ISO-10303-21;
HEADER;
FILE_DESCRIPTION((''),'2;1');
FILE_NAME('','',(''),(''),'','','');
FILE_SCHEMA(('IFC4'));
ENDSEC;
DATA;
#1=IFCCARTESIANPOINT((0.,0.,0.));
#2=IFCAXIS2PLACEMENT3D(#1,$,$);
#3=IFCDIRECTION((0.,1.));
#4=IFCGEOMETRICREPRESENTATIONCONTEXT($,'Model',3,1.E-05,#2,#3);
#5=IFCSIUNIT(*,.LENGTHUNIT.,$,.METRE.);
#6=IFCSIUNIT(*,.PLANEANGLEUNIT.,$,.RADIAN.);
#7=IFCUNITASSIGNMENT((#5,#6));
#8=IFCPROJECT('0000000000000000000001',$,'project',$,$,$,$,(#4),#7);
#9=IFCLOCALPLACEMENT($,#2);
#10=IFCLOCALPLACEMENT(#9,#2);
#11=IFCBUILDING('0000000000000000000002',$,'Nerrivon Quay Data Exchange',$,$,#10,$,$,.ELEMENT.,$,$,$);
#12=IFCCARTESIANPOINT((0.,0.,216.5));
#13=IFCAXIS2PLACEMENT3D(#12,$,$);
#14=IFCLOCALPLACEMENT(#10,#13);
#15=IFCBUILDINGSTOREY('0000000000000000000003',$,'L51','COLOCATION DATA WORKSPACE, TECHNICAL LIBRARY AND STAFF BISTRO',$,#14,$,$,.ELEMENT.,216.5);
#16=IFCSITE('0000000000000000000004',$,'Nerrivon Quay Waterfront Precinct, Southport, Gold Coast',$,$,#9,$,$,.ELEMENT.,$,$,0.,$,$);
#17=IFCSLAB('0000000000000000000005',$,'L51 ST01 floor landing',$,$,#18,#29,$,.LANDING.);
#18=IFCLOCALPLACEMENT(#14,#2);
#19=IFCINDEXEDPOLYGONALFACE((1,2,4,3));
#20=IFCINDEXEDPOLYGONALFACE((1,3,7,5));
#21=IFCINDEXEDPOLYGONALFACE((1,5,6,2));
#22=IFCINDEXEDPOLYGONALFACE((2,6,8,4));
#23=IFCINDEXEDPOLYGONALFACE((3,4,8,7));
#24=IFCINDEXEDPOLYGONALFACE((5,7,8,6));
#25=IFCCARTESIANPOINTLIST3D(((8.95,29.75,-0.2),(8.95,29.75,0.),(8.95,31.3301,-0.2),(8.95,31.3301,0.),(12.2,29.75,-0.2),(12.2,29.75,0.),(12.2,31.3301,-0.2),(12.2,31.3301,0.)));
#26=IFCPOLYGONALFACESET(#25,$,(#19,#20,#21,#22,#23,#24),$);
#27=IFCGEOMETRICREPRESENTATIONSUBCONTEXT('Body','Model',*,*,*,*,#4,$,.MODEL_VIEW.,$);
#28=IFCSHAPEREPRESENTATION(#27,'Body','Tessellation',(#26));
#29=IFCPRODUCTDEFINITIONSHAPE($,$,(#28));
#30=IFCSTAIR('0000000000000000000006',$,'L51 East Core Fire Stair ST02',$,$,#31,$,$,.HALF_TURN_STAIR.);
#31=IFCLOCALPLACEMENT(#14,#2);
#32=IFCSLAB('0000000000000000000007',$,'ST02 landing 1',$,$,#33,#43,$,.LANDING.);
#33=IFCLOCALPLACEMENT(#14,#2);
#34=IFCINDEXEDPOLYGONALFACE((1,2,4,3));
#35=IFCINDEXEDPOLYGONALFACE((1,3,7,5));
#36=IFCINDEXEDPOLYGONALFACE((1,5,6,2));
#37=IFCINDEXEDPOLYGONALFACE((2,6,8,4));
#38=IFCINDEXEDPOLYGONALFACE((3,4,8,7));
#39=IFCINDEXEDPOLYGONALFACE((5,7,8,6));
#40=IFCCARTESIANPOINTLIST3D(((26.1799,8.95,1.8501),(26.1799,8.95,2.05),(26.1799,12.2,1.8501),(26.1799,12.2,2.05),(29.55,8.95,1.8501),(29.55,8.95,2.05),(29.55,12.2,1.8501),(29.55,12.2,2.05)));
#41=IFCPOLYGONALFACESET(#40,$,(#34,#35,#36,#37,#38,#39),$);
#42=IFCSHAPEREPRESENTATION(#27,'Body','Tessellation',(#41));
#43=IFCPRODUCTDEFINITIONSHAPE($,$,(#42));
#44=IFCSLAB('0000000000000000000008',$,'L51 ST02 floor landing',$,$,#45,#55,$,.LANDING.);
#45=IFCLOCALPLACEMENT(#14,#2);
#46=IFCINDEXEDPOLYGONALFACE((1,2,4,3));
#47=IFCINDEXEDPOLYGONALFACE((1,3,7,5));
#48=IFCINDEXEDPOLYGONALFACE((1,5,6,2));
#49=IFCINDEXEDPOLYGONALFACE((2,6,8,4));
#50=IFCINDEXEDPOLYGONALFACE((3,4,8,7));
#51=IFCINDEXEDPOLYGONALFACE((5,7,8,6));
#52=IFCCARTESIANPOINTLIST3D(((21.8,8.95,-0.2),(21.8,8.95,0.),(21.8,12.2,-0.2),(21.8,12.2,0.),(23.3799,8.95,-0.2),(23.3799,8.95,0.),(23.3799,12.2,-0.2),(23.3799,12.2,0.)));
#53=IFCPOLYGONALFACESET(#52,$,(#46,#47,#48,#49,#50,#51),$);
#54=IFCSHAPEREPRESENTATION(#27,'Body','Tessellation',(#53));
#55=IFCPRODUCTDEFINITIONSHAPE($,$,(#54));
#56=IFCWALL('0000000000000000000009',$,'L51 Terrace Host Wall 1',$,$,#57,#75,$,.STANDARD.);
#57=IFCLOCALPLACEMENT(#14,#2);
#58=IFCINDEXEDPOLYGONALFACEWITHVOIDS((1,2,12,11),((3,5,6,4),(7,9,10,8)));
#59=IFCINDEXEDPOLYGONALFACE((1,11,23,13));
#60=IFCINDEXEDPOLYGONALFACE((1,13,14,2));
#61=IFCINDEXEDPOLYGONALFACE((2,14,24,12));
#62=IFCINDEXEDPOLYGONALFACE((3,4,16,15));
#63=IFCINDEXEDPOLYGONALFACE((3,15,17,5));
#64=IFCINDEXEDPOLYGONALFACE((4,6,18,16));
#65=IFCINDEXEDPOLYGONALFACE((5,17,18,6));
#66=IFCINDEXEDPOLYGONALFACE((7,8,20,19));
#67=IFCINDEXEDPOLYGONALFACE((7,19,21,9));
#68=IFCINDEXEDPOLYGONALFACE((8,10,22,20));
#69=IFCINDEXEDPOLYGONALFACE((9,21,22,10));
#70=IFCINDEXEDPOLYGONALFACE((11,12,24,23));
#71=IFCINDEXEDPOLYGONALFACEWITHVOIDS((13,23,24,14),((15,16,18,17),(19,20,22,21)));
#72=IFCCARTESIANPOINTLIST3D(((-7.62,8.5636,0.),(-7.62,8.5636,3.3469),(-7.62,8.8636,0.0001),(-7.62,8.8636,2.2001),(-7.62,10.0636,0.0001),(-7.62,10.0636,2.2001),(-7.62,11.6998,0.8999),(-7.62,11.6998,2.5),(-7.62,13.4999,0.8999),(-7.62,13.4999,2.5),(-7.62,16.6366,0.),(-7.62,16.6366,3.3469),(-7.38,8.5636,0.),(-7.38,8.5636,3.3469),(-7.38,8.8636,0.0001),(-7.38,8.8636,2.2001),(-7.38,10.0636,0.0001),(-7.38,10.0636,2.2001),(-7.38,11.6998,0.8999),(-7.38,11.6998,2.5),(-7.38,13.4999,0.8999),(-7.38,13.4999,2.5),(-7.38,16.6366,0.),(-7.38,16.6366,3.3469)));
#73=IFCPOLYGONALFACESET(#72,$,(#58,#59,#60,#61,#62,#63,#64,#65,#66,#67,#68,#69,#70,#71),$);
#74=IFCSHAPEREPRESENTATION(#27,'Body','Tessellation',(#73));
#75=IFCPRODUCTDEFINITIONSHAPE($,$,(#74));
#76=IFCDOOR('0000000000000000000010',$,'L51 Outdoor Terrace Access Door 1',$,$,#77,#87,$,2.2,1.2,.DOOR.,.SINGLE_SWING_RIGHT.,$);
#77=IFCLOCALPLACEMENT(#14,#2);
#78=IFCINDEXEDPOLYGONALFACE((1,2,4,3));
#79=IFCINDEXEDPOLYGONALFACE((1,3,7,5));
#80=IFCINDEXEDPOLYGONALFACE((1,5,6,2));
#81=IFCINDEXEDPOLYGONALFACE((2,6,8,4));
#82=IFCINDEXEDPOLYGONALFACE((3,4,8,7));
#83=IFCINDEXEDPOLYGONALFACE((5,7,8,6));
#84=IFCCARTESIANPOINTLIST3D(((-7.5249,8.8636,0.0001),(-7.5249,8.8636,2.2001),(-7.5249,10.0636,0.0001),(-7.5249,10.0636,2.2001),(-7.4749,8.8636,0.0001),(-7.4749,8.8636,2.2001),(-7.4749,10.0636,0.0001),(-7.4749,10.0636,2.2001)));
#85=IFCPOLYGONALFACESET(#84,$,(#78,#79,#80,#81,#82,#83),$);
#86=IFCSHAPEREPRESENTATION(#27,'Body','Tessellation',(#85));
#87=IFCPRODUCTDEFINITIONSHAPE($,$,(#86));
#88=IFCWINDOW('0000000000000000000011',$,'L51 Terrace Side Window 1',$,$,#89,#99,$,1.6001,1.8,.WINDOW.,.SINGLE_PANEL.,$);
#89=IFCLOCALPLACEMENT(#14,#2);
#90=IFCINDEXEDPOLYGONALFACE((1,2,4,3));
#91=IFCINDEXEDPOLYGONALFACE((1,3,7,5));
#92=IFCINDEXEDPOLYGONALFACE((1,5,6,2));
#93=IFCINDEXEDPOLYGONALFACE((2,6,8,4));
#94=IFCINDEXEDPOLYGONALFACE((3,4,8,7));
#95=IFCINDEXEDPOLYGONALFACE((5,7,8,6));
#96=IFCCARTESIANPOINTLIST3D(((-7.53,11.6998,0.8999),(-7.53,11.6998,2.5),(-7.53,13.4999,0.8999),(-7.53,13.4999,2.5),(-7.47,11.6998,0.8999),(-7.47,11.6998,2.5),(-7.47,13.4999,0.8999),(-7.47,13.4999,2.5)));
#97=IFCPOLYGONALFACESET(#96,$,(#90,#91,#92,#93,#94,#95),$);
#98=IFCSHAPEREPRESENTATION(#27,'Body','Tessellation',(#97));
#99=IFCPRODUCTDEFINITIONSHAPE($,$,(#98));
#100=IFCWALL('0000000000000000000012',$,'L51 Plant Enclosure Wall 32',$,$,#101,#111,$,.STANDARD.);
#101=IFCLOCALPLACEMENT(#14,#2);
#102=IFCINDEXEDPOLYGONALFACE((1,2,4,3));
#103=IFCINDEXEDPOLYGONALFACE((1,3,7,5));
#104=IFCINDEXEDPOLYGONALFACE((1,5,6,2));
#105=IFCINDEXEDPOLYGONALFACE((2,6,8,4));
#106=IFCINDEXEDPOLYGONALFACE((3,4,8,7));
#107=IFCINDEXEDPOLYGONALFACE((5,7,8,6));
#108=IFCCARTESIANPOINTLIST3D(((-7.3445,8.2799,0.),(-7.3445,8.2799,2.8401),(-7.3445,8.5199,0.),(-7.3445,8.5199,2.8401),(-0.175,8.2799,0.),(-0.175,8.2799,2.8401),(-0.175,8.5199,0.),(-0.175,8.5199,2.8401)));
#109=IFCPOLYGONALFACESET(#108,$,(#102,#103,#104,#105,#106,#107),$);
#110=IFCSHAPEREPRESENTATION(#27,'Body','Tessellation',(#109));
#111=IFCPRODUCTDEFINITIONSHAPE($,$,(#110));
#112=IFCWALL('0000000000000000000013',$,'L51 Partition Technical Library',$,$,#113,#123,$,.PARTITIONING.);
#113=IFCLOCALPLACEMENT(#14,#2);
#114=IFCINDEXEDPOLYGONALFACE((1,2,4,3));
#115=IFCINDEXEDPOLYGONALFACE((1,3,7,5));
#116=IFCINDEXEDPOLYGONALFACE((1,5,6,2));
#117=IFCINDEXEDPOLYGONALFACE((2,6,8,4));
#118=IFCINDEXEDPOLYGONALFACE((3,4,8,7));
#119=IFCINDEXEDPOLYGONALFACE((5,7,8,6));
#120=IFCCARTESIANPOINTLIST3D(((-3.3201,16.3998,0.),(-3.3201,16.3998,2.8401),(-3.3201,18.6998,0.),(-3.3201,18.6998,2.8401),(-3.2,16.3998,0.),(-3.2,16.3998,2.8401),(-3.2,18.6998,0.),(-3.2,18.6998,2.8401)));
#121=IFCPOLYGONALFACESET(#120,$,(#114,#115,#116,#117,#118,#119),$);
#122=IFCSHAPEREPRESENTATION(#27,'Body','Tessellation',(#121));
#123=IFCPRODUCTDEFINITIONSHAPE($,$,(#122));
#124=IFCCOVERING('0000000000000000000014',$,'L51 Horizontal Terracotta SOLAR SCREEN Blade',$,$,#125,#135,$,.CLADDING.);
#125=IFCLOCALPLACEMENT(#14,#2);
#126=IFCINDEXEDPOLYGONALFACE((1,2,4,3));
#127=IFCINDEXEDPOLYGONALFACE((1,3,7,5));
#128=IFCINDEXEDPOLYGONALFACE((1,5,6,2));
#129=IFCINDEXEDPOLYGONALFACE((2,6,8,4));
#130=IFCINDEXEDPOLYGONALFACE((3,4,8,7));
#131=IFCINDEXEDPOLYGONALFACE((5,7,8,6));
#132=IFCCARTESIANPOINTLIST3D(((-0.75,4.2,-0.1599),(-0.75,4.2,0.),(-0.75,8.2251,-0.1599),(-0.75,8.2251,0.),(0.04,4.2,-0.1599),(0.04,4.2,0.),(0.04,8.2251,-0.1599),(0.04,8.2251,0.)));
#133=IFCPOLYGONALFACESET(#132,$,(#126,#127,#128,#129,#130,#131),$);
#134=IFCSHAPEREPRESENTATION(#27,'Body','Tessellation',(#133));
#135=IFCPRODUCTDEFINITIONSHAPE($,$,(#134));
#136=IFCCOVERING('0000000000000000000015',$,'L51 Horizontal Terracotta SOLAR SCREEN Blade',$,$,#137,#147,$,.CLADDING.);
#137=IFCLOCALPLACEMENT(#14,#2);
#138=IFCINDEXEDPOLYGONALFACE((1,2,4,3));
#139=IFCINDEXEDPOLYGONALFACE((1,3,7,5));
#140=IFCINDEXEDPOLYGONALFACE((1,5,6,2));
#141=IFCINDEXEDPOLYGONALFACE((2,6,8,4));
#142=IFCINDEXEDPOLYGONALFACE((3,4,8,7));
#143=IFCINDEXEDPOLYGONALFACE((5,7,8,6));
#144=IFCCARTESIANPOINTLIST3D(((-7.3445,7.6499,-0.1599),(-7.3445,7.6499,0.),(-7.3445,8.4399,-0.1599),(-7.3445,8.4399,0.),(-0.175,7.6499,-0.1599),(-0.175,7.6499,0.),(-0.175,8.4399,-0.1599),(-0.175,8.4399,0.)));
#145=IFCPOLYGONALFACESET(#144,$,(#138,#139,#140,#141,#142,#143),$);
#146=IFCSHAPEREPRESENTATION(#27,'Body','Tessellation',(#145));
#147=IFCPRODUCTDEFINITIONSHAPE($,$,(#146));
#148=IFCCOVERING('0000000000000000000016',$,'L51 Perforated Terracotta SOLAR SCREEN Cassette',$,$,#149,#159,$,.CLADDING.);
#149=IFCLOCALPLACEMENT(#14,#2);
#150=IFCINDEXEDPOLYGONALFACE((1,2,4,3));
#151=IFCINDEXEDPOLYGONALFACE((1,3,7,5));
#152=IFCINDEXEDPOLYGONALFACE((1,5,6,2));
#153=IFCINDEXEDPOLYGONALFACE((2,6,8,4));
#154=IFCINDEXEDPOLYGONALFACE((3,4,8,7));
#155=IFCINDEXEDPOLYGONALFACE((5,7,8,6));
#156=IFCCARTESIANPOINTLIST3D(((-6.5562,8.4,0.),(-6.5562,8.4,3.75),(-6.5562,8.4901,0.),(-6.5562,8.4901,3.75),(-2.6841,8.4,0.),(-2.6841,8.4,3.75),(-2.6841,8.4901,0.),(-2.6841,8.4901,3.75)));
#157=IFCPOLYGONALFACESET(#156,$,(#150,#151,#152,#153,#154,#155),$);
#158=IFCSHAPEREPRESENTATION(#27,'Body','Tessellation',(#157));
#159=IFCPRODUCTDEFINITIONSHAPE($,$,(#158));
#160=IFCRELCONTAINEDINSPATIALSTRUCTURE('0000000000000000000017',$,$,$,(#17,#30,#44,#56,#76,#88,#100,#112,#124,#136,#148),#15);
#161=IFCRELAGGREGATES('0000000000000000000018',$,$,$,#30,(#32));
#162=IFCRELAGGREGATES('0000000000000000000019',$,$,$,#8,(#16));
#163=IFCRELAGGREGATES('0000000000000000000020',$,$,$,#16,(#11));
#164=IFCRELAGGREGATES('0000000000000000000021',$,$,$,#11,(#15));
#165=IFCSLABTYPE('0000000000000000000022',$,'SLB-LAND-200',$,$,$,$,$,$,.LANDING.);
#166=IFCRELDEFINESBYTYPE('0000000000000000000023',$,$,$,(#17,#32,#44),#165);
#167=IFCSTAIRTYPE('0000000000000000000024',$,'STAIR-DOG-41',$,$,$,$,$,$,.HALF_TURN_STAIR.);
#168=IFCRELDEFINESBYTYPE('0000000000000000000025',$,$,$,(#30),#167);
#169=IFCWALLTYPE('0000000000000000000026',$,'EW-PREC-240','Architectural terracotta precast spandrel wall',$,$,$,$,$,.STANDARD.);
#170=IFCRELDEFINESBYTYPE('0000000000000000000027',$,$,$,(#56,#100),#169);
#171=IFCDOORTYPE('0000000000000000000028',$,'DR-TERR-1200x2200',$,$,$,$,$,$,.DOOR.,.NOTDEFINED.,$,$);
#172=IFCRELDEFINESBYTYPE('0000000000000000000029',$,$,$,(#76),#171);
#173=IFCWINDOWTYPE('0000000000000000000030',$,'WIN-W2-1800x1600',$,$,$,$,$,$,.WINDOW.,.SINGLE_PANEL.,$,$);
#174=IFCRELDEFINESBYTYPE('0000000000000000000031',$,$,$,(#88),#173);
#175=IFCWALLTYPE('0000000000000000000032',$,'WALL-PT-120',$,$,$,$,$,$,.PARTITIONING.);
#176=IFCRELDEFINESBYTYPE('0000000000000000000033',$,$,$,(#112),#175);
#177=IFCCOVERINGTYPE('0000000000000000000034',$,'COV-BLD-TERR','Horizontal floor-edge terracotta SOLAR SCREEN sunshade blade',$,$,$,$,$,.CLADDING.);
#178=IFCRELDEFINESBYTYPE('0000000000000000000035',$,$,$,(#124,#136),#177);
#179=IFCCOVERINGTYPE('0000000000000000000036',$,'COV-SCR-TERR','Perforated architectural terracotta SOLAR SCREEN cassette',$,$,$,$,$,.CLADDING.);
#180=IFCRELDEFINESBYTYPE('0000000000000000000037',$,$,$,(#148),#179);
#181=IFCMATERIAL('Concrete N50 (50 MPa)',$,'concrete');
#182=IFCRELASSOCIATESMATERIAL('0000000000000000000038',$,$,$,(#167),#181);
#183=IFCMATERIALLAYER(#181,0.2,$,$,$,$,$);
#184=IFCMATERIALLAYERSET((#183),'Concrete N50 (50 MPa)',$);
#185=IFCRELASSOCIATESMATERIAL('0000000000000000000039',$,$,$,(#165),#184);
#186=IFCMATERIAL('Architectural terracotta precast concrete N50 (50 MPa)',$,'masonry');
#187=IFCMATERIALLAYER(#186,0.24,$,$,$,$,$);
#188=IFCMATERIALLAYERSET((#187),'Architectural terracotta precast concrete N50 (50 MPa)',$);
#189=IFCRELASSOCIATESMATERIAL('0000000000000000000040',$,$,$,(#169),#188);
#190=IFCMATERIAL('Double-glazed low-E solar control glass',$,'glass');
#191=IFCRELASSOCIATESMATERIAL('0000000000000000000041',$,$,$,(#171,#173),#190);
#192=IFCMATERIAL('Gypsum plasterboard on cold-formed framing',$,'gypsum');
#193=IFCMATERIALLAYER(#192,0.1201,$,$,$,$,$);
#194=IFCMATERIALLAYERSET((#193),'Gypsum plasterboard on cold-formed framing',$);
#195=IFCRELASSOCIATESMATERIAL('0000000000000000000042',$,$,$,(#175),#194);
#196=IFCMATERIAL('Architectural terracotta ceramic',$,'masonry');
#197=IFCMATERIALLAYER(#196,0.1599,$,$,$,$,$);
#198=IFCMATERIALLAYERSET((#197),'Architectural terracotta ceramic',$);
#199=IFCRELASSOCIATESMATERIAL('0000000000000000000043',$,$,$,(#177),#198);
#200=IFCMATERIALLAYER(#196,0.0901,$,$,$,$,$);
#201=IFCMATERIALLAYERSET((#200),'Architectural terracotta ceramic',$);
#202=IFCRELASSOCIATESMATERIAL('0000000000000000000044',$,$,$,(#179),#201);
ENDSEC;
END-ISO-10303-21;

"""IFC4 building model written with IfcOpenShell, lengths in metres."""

from ifc_helpers import new_model, si_unit, direction, frame, frame_2d, origin, origin_2d, place, context, subcontext, project, spatial, polyline, rectangle, outline, extrude, material, layer, layer_set, type_object, element, fill, aggregate, save


model = new_model("IFC4")

# Units and contexts
model_context = context("Model", 3, precision=1e-05, world=origin(), true_north=direction((0.0, 1.0)))
body_context = subcontext(model_context, "Body", "Model", "MODEL_VIEW")
ifc_project = project(units=[si_unit("LENGTHUNIT", "METRE"), si_unit("PLANEANGLEUNIT", "RADIAN")], contexts=[model_context])

# Site, building, storey
site_placement = place(None, origin())
site = spatial("IfcSite", under=ifc_project, at=site_placement, Name="Nerrivon Quay Waterfront Precinct, Southport, Gold Coast", CompositionType="ELEMENT", RefElevation=0.0)
building_placement = place(site_placement, origin())
building = spatial("IfcBuilding", under=site, at=building_placement, Name="Nerrivon Quay Data Exchange", CompositionType="ELEMENT")
storey_placement = place(building_placement, frame((0.0, 0.0, 216.5)))
storey = spatial("IfcBuildingStorey", under=building, at=storey_placement, Name="L51", Description="COLOCATION DATA WORKSPACE, TECHNICAL LIBRARY AND STAFF BISTRO", CompositionType="ELEMENT", Elevation=216.5)

# Shared definitions
ifc_material_1 = material(Name="Concrete N50 (50 MPa)", Category="concrete")
stair_type = type_object("IfcStairType", Name="STAIR-DOG-41", PredefinedType="HALF_TURN_STAIR", material=ifc_material_1)
ifc_layer_1 = layer(ifc_material_1, 0.2)
ifc_layer_set_1 = layer_set([ifc_layer_1], Name="Concrete N50 (50 MPa)")
slab_type = type_object("IfcSlabType", Name="SLB-LAND-200", PredefinedType="LANDING", material=ifc_layer_set_1)

# Slab
slab_1_placement = place(storey_placement, frame((0.0, 0.0, -0.2)))
element("IfcSlab", 1, at=slab_1_placement, inside=storey, type_object=slab_type, Name="L51 ST01 floor landing", PredefinedType="LANDING", context=body_context, shape_type="SweptSolid", body=[
    extrude(outline(polyline([(12.2, 29.75), (12.2, 31.3301), (8.95, 31.3301), (8.95, 29.75), (12.2, 29.75)])), origin(), (0.0, 0.0, 1.0), 0.2),
])

# Stair, slab
stair_1_placement = place(storey_placement, origin())
stair_1 = element("IfcStair", 2, at=stair_1_placement, inside=storey, type_object=stair_type, Name="L51 East Core Fire Stair ST02", PredefinedType="HALF_TURN_STAIR")
slab_2_placement = place(storey_placement, frame((0.0, 0.0, 1.8501)))
slab_2 = element("IfcSlab", 3, at=slab_2_placement, type_object=slab_type, Name="ST02 landing 1", PredefinedType="LANDING", context=body_context, shape_type="SweptSolid", body=[
    extrude(outline(polyline([(26.1799, 8.95), (29.55, 8.95), (29.55, 12.2), (26.1799, 12.2), (26.1799, 8.95)])), origin(), (0.0, 0.0, 1.0), 0.2),
])
aggregate(stair_1, [slab_2])

# Slab
slab_3_placement = place(storey_placement, frame((0.0, 0.0, -0.2)))
element("IfcSlab", 4, at=slab_3_placement, inside=storey, type_object=slab_type, Name="L51 ST02 floor landing", PredefinedType="LANDING", context=body_context, shape_type="SweptSolid", body=[
    extrude(outline(polyline([(21.8, 8.95), (23.3799, 8.95), (23.3799, 12.2), (21.8, 12.2), (21.8, 8.95)])), origin(), (0.0, 0.0, 1.0), 0.2),
])

# Wall, openings, door, window
ifc_material_2 = material(Name="Architectural terracotta precast concrete N50 (50 MPa)", Category="masonry")
ifc_layer_2 = layer(ifc_material_2, 0.24)
ifc_layer_set_2 = layer_set([ifc_layer_2], Name="Architectural terracotta precast concrete N50 (50 MPa)")
wall_type_1 = type_object("IfcWallType", Name="EW-PREC-240", Description="Architectural terracotta precast spandrel wall", PredefinedType="STANDARD", material=ifc_layer_set_2)
wall_1_placement = place(storey_placement, frame((-7.5, 8.5635, 0.0), z_axis=(0.0, 0.0, 1.0), x_axis=(0.0, 1.0, 0.0)))
wall_1 = element("IfcWall", 5, at=wall_1_placement, inside=storey, type_object=wall_type_1, Name="L51 Terrace Host Wall 1", PredefinedType="STANDARD", context=body_context, shape_type="SweptSolid", body=[
    extrude(rectangle(XDim=8.073, YDim=0.24, at=frame_2d((4.0366, 0.0))), origin(), (0.0, 0.0, 1.0), 3.3469),
])
opening_1_placement = place(wall_1_placement, frame((0.3, 0.0, 0.0)))
opening_1 = element("IfcOpeningElement", 6, at=opening_1_placement, cuts=wall_1, PredefinedType="OPENING", context=body_context, shape_type="SweptSolid", body=[
    extrude(rectangle(XDim=1.2, YDim=2.2, at=frame_2d((0.6001, 1.1001))), frame((0.0, 0.1299, 0.0), z_axis=(0.0, -1.0, 0.0), x_axis=(1.0, 0.0, 0.0)), (0.0, 0.0, 1.0), 0.26),
])
opening_2_placement = place(wall_1_placement, frame((3.1365, 0.0, 0.8999)))
opening_2 = element("IfcOpeningElement", 7, at=opening_2_placement, cuts=wall_1, PredefinedType="OPENING", context=body_context, shape_type="SweptSolid", body=[
    extrude(rectangle(XDim=1.8, YDim=1.6001, at=frame_2d((0.8999, 0.8))), frame((0.0, 0.1299, 0.0), z_axis=(0.0, -1.0, 0.0), x_axis=(1.0, 0.0, 0.0)), (0.0, 0.0, 1.0), 0.26),
])
ifc_material_3 = material(Name="Double-glazed low-E solar control glass", Category="glass")
door_type = type_object("IfcDoorType", Name="DR-TERR-1200x2200", OperationType="NOTDEFINED", PredefinedType="DOOR", material=ifc_material_3)
door_placement = place(opening_1_placement, origin())
door = element("IfcDoor", 8, at=door_placement, inside=storey, type_object=door_type, Name="L51 Outdoor Terrace Access Door 1", OperationType="SINGLE_SWING_RIGHT", OverallHeight=2.2, OverallWidth=1.2, PredefinedType="DOOR", context=body_context, shape_type="SweptSolid", body=[
    extrude(rectangle(XDim=1.2, YDim=2.2, at=frame_2d((0.6001, 1.1001))), frame((0.0, 0.0249, 0.0), z_axis=(0.0, -1.0, 0.0), x_axis=(1.0, 0.0, 0.0)), (0.0, 0.0, 1.0), 0.05),
])
fill(opening_1, door)
window_type = type_object("IfcWindowType", Name="WIN-W2-1800x1600", PartitioningType="SINGLE_PANEL", PredefinedType="WINDOW", material=ifc_material_3)
window_placement = place(opening_2_placement, origin())
window = element("IfcWindow", 9, at=window_placement, inside=storey, type_object=window_type, Name="L51 Terrace Side Window 1", OverallHeight=1.6001, OverallWidth=1.8, PartitioningType="SINGLE_PANEL", PredefinedType="WINDOW", context=body_context, shape_type="SweptSolid", body=[
    extrude(rectangle(XDim=1.8, YDim=1.6001, at=frame_2d((0.8999, 0.8))), frame((0.0, 0.03, 0.0), z_axis=(0.0, -1.0, 0.0), x_axis=(1.0, 0.0, 0.0)), (0.0, 0.0, 1.0), 0.0601),
])
fill(opening_2, window)

# Walls
wall_2_placement = place(storey_placement, frame((-0.175, 8.3999, 0.0), z_axis=(0.0, 0.0, 1.0), x_axis=(-1.0, 0.0, 0.0)))
element("IfcWall", 10, at=wall_2_placement, inside=storey, type_object=wall_type_1, Name="L51 Plant Enclosure Wall 32", PredefinedType="STANDARD", context=body_context, shape_type="SweptSolid", body=[
    extrude(rectangle(XDim=7.1694, YDim=0.24, at=frame_2d((3.5847, 0.0))), origin(), (0.0, 0.0, 1.0), 2.8401),
])
ifc_material_4 = material(Name="Gypsum plasterboard on cold-formed framing", Category="gypsum")
ifc_layer_3 = layer(ifc_material_4, 0.1201)
ifc_layer_set_3 = layer_set([ifc_layer_3], Name="Gypsum plasterboard on cold-formed framing")
wall_type_2 = type_object("IfcWallType", Name="WALL-PT-120", PredefinedType="PARTITIONING", material=ifc_layer_set_3)
wall_3_placement = place(storey_placement, frame((-3.26, 16.3999, 0.0), z_axis=(0.0, 0.0, 1.0), x_axis=(0.0, 1.0, 0.0)))
element("IfcWall", 11, at=wall_3_placement, inside=storey, type_object=wall_type_2, Name="L51 Partition Technical Library", PredefinedType="PARTITIONING", context=body_context, shape_type="SweptSolid", body=[
    extrude(rectangle(XDim=2.3, YDim=0.1201, at=frame_2d((1.1499, 0.0))), origin(), (0.0, 0.0, 1.0), 2.8401),
])

# Coverings
ifc_material_5 = material(Name="Architectural terracotta ceramic", Category="masonry")
ifc_layer_4 = layer(ifc_material_5, 0.1599)
ifc_layer_set_4 = layer_set([ifc_layer_4], Name="Architectural terracotta ceramic")
covering_type_1 = type_object("IfcCoveringType", Name="COV-BLD-TERR", Description="Horizontal floor-edge terracotta SOLAR SCREEN sunshade blade", PredefinedType="CLADDING", material=ifc_layer_set_4)
covering_1_placement = place(storey_placement, frame((0.0, 0.0, -0.1599)))
element("IfcCovering", 12, at=covering_1_placement, inside=storey, type_object=covering_type_1, Name="L51 Horizontal Terracotta SOLAR SCREEN Blade", PredefinedType="CLADDING", context=body_context, shape_type="SweptSolid", body=[
    extrude(outline(polyline([(0.04, 4.2), (0.04, 8.2251), (-0.75, 8.2251), (-0.75, 4.2), (0.04, 4.2)])), origin(), (0.0, 0.0, 1.0), 0.1599),
])
covering_2_placement = place(storey_placement, frame((0.0, 0.0, -0.1599)))
element("IfcCovering", 13, at=covering_2_placement, inside=storey, type_object=covering_type_1, Name="L51 Horizontal Terracotta SOLAR SCREEN Blade", PredefinedType="CLADDING", context=body_context, shape_type="SweptSolid", body=[
    extrude(outline(polyline([(-0.175, 8.4399), (-7.3445, 8.4399), (-7.3445, 7.6499), (-0.175, 7.6499), (-0.175, 8.4399)])), origin(), (0.0, 0.0, 1.0), 0.1599),
])
ifc_layer_5 = layer(ifc_material_5, 0.0901)
ifc_layer_set_5 = layer_set([ifc_layer_5], Name="Architectural terracotta ceramic")
covering_type_2 = type_object("IfcCoveringType", Name="COV-SCR-TERR", Description="Perforated architectural terracotta SOLAR SCREEN cassette", PredefinedType="CLADDING", material=ifc_layer_set_5)
covering_3_placement = place(storey_placement, frame((-4.6201, 8.4451, 0.0), z_axis=(0.0, 0.0, 1.0), x_axis=(-1.0, 0.0, 0.0)))
element("IfcCovering", 14, at=covering_3_placement, inside=storey, type_object=covering_type_2, Name="L51 Perforated Terracotta SOLAR SCREEN Cassette", PredefinedType="CLADDING", context=body_context, shape_type="SweptSolid", body=[
    extrude(rectangle(XDim=3.8721, YDim=0.0901, at=origin_2d()), origin(), (0.0, 0.0, 1.0), 3.75),
])

save(model, "model.ifc")
